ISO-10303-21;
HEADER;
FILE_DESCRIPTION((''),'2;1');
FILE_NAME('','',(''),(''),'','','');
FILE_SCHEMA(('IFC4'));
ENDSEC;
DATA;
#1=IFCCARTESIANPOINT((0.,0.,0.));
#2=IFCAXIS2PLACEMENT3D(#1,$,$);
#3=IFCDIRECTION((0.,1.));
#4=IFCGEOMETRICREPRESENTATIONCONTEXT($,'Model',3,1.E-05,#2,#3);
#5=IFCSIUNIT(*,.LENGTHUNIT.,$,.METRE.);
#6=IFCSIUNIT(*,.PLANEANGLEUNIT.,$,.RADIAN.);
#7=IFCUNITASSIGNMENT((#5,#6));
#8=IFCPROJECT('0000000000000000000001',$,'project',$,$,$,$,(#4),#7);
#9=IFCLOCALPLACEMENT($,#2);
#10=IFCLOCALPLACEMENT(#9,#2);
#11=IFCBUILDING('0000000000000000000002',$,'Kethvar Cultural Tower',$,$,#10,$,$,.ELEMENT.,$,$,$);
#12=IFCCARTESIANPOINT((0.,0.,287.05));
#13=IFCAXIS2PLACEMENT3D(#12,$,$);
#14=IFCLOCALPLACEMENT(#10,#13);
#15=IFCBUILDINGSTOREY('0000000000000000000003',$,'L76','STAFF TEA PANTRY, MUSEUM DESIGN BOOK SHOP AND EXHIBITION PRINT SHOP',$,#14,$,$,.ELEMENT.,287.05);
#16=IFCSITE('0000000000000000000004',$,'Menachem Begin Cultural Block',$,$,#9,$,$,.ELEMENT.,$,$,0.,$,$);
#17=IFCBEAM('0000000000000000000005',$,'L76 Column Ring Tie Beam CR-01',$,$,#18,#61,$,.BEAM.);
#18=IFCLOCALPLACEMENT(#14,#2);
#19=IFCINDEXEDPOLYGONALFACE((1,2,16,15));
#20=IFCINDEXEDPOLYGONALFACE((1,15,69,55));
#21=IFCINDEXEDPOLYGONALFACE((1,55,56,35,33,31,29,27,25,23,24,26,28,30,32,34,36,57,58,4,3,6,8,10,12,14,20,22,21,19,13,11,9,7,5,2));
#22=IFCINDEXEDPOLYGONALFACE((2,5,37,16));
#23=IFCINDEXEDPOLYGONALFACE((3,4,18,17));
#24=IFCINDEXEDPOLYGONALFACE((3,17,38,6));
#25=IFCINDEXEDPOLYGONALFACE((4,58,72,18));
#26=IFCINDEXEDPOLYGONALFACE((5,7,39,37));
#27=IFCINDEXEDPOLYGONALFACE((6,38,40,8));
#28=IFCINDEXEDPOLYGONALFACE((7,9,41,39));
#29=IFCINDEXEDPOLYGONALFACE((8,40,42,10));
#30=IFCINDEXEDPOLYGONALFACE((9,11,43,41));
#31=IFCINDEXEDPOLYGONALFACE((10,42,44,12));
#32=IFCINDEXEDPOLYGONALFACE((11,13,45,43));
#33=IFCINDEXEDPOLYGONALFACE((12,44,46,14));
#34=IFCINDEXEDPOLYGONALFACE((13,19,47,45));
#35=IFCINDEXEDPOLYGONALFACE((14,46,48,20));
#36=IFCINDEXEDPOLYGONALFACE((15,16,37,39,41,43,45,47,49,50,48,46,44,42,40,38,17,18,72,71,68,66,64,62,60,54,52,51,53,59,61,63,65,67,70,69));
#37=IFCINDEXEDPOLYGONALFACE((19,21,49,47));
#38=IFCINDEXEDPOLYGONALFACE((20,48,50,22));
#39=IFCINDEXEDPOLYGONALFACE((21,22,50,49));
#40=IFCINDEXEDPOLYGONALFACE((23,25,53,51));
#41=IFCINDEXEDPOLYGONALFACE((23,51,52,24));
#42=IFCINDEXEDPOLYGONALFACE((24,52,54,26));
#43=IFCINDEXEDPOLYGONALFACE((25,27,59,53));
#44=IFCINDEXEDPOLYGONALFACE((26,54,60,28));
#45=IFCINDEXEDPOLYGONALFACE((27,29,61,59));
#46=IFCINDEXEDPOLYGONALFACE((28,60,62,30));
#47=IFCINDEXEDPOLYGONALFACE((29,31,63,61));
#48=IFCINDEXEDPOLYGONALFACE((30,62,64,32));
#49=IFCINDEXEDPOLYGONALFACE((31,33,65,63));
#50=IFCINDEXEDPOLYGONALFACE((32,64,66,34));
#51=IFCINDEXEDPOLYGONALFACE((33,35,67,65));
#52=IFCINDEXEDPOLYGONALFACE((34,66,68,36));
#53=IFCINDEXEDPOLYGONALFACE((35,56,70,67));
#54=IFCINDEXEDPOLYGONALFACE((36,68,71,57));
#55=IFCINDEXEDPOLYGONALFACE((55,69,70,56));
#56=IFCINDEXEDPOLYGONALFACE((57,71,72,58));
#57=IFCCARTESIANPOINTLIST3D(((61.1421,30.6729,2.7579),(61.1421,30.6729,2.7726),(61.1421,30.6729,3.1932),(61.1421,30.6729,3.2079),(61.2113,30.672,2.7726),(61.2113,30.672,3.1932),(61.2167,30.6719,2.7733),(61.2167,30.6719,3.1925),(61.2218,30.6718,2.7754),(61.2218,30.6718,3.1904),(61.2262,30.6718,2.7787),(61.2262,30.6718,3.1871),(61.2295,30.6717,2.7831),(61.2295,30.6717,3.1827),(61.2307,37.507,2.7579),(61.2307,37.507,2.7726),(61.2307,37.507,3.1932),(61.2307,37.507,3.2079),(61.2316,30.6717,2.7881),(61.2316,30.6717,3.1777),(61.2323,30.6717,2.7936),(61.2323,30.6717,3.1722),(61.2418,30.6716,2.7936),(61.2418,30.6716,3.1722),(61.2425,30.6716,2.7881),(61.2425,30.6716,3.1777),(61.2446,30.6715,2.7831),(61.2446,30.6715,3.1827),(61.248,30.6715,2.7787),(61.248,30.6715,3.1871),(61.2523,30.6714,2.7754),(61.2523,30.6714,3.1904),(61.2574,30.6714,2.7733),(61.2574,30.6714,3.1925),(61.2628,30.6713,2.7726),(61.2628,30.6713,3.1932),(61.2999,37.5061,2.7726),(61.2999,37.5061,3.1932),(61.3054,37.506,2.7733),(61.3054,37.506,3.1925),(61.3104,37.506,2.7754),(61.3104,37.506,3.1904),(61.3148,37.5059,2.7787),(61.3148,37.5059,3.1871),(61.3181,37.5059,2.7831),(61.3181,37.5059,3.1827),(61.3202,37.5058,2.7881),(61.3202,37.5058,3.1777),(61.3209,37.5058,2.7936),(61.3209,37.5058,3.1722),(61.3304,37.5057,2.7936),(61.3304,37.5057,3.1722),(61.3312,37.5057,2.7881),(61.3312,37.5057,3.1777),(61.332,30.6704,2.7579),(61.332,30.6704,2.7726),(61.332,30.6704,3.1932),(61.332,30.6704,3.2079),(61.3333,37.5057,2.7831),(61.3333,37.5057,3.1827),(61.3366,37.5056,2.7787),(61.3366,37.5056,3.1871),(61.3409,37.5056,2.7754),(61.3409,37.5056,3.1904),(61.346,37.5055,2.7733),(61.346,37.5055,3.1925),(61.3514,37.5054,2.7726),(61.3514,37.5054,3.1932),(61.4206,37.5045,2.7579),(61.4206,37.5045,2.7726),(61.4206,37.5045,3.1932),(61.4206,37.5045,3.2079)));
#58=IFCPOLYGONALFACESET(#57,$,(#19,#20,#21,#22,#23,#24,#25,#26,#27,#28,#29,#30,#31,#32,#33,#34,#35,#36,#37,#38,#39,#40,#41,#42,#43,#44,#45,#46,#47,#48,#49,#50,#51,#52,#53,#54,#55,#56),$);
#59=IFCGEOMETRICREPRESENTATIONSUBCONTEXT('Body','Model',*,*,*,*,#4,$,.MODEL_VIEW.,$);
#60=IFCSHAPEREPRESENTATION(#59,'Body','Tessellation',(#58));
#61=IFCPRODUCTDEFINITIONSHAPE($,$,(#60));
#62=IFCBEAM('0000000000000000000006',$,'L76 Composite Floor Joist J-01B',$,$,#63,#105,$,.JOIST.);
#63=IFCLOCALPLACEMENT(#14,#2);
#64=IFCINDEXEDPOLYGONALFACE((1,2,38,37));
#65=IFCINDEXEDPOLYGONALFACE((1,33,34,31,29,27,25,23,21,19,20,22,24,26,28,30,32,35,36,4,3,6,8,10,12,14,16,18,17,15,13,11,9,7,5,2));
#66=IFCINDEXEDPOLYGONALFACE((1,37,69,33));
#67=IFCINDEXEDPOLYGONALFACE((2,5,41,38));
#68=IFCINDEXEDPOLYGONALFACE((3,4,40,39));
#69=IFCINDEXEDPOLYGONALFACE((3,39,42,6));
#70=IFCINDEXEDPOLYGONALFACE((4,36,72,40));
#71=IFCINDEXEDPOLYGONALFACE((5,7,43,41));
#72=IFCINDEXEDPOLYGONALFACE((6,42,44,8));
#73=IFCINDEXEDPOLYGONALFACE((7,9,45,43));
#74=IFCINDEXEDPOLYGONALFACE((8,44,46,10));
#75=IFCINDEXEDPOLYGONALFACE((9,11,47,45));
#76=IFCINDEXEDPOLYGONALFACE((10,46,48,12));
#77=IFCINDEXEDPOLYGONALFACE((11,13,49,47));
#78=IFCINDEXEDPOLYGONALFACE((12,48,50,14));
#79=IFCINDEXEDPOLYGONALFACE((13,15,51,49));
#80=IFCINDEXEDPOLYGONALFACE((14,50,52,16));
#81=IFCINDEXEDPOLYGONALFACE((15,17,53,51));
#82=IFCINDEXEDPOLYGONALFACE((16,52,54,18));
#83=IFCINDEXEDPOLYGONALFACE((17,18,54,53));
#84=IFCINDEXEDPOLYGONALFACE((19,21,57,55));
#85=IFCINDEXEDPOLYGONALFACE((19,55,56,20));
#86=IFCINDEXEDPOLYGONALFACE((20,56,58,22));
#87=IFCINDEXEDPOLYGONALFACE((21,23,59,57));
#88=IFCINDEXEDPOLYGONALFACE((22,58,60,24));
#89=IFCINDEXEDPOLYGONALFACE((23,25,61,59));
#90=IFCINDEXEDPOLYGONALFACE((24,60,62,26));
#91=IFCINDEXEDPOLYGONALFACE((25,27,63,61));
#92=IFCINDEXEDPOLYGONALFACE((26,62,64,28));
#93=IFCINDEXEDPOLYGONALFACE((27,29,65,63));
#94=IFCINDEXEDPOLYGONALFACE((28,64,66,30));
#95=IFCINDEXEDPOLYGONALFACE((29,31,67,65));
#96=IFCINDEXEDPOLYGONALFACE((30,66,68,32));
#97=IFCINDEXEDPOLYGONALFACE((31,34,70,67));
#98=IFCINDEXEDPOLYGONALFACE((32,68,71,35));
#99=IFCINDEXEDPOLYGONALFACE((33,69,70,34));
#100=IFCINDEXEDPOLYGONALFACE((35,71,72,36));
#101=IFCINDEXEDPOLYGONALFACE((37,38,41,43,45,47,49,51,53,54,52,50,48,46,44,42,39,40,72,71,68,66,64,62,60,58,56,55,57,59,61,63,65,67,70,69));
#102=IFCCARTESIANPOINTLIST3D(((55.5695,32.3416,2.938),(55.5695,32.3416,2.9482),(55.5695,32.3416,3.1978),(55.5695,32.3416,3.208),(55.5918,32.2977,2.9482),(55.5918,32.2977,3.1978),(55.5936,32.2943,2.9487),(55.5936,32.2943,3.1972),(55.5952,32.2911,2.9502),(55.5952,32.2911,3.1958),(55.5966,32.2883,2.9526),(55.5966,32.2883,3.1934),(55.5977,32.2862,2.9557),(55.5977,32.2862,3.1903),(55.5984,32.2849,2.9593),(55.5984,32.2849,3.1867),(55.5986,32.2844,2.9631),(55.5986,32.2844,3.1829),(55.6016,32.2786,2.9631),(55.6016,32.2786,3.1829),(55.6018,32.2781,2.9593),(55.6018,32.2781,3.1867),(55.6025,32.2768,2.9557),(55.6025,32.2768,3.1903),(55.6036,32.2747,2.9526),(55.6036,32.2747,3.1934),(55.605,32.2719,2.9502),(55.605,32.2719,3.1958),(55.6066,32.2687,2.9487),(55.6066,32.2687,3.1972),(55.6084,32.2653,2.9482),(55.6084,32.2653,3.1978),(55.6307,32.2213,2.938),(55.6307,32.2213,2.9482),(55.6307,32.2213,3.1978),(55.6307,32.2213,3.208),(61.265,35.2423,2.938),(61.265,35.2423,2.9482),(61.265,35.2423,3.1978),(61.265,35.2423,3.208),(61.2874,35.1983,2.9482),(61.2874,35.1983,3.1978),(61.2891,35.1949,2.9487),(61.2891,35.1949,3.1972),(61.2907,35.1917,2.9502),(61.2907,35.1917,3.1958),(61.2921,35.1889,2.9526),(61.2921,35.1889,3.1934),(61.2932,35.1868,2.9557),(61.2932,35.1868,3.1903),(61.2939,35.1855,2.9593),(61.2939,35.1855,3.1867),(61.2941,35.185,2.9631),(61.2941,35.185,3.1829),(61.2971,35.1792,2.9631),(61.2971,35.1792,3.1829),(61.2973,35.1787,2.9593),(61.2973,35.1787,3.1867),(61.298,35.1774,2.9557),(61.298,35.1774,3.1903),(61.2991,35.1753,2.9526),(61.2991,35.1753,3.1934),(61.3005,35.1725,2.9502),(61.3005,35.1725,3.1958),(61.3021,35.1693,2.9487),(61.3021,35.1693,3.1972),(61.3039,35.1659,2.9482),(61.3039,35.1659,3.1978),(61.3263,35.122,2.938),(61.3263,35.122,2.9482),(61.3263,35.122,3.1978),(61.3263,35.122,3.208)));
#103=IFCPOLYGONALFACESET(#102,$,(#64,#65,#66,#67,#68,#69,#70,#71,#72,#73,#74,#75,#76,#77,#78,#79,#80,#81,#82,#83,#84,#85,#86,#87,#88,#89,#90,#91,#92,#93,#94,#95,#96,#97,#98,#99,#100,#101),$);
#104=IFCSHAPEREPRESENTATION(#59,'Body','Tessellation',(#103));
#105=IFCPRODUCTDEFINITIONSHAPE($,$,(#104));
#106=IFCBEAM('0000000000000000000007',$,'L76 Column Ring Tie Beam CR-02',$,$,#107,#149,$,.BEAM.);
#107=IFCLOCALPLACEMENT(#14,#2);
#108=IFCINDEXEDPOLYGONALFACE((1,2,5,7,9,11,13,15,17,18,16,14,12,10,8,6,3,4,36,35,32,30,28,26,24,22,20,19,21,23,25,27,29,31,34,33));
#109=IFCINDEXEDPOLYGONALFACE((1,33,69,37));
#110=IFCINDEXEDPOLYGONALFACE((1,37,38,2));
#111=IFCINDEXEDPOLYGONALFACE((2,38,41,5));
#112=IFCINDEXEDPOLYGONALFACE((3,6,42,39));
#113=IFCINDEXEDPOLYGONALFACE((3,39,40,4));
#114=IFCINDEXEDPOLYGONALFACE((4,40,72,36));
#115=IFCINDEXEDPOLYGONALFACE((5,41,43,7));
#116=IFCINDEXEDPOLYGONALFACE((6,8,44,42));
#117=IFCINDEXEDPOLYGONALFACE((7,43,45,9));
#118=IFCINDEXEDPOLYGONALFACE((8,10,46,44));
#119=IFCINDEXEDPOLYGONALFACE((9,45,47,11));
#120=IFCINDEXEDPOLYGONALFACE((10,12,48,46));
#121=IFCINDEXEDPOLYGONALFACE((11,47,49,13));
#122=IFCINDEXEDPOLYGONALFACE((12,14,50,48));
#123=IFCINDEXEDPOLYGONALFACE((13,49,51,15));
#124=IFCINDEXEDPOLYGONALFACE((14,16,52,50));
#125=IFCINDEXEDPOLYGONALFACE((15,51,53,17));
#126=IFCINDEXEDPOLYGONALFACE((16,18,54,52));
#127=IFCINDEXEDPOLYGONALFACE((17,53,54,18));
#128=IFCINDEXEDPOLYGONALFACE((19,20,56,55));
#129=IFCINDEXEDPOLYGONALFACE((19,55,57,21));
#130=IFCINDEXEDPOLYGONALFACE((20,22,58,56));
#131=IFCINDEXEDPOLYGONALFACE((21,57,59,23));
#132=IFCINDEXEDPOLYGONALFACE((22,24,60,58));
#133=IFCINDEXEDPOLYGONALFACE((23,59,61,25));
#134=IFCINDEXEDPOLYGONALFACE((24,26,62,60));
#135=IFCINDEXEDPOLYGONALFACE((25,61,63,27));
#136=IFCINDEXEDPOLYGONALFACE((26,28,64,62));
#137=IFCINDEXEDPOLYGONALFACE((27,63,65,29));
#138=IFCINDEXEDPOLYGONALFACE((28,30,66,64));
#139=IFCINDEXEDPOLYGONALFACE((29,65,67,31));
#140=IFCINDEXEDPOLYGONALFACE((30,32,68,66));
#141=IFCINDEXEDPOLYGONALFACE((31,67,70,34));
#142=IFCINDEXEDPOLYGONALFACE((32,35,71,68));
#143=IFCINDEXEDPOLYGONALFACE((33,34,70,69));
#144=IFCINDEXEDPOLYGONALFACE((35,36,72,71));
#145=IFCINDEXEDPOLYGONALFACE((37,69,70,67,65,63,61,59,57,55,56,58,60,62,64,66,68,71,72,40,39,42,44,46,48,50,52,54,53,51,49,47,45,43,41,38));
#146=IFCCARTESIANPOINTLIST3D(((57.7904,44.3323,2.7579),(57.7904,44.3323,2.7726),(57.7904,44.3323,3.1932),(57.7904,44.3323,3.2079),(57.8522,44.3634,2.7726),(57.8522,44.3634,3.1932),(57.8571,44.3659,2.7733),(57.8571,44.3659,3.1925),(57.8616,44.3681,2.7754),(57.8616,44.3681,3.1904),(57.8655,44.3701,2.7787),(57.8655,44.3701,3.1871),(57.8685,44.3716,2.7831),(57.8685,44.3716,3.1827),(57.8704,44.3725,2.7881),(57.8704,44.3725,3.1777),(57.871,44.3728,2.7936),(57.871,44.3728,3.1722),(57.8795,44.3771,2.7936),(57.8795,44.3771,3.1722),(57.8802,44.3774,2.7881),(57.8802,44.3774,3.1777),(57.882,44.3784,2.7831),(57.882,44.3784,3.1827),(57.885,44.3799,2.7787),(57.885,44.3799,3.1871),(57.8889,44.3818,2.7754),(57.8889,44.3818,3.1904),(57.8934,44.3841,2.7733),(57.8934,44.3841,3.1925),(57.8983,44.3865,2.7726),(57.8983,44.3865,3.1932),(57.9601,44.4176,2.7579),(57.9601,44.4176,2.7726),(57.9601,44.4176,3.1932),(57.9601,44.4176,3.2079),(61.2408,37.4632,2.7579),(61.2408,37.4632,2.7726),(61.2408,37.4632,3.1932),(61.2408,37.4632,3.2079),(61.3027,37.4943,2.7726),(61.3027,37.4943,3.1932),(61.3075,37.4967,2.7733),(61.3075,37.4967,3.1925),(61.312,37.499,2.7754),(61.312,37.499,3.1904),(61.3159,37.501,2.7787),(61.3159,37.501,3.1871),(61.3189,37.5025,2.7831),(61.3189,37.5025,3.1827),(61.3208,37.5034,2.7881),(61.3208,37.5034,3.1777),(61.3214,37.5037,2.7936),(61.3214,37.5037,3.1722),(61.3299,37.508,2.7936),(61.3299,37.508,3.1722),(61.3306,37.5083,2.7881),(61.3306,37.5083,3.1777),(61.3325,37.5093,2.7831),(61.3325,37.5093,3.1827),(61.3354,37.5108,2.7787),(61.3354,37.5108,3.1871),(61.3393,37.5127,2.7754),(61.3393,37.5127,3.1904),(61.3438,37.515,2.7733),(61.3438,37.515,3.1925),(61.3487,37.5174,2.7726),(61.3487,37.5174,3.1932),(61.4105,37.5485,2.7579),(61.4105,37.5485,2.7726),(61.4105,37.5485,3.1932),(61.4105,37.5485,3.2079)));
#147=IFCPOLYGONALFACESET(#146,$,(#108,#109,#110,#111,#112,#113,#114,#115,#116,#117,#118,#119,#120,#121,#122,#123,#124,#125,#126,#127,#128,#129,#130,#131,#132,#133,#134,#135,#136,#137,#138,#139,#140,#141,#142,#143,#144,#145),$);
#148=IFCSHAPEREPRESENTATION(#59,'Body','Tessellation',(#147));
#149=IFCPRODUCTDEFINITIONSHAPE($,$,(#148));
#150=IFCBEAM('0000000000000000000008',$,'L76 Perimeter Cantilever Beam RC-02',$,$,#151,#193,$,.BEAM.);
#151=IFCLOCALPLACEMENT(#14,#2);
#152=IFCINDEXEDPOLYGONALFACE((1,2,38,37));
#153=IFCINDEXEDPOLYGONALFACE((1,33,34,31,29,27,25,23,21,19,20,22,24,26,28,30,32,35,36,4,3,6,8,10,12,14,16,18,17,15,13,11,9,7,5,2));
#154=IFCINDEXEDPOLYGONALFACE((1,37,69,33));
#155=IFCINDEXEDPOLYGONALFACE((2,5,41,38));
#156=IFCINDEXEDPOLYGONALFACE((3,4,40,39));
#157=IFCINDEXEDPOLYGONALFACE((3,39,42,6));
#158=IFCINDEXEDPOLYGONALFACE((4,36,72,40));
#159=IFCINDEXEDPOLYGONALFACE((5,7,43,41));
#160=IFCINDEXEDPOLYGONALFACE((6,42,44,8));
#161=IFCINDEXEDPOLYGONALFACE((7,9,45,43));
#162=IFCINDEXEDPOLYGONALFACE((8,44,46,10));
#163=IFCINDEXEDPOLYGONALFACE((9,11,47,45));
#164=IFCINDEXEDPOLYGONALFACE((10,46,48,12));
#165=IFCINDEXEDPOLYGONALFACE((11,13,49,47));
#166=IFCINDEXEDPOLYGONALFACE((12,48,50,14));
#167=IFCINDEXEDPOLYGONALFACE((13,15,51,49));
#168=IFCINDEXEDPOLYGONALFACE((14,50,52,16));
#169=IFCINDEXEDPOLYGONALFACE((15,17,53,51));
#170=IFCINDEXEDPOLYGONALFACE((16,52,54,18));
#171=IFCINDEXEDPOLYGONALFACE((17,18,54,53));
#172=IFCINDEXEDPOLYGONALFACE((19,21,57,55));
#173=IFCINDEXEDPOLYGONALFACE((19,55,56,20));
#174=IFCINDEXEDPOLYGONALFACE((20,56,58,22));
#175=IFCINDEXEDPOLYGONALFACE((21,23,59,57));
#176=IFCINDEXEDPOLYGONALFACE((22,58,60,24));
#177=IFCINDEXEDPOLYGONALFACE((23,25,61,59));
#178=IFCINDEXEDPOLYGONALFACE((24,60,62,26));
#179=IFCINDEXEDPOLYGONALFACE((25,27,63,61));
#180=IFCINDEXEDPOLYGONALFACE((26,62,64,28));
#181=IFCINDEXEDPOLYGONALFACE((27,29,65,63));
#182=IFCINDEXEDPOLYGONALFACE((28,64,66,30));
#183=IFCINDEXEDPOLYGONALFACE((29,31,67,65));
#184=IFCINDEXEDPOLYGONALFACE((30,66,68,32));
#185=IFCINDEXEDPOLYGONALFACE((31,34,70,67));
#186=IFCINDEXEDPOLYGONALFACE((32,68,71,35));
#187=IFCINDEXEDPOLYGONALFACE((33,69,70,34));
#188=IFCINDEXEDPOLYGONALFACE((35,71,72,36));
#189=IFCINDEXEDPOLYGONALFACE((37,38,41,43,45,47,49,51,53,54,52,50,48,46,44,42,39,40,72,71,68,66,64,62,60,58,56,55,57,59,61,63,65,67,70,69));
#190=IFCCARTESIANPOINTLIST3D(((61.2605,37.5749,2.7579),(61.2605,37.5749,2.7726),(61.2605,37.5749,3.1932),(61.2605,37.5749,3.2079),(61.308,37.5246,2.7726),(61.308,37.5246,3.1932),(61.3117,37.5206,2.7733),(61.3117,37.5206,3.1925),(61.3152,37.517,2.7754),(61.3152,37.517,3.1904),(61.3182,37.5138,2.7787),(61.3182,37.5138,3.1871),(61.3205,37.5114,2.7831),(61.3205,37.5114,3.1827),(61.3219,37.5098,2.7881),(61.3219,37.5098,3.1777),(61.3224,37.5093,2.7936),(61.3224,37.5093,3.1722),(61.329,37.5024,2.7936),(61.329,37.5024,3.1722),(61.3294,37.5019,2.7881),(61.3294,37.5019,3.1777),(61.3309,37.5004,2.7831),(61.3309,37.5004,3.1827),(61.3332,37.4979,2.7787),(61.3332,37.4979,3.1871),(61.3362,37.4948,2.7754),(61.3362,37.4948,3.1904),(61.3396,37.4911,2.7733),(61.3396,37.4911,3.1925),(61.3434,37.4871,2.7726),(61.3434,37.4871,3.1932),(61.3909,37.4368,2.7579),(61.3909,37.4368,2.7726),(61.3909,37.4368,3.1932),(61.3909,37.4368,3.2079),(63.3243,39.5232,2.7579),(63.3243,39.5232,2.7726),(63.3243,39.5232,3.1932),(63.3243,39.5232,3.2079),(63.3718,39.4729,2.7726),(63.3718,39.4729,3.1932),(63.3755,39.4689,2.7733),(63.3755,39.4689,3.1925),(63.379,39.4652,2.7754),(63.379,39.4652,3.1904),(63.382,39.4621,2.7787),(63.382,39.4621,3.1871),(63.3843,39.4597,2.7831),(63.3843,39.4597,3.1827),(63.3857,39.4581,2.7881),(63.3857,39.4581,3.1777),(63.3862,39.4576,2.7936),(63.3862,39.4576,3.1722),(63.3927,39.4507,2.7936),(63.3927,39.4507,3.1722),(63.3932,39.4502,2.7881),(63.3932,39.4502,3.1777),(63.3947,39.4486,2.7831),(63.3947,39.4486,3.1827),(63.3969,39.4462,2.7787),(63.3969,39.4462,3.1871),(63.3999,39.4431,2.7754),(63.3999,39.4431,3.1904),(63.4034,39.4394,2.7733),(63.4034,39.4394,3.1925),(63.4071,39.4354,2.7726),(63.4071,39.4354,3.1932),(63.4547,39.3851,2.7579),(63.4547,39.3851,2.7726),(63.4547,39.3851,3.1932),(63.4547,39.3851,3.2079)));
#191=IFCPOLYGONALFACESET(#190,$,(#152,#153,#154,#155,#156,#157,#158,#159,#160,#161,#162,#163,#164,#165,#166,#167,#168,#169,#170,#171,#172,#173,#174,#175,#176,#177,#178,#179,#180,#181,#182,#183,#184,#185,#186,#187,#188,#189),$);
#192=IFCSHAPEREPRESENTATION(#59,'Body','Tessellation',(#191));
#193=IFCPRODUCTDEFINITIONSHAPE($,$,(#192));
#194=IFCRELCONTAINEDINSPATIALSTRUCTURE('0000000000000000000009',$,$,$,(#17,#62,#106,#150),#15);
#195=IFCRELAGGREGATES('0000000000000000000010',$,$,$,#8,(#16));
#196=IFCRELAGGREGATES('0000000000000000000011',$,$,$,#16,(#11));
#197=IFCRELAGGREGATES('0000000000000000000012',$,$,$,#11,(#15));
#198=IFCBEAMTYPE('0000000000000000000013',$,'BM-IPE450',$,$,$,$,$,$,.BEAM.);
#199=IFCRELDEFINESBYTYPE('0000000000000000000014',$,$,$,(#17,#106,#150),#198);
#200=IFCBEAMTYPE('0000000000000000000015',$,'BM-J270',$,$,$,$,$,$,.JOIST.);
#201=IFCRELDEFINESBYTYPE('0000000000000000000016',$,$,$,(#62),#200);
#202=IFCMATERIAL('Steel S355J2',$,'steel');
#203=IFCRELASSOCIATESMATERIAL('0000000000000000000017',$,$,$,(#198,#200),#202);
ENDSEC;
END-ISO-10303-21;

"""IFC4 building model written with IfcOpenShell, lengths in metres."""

from ifc_helpers import new_model, si_unit, direction, frame, origin, origin_2d, place, context, subcontext, project, spatial, i_section, extrude, source, transform, mapped, material, material_profile, profile_set, type_object, element, save


model = new_model("IFC4")

# Units and contexts
model_context = context("Model", 3, precision=1e-05, world=origin(), true_north=direction((0.0, 1.0)))
body_context = subcontext(model_context, "Body", "Model", "MODEL_VIEW")
ifc_project = project(units=[si_unit("LENGTHUNIT", "METRE"), si_unit("PLANEANGLEUNIT", "RADIAN")], contexts=[model_context])

# Site, building, storey
site_placement = place(None, origin())
site = spatial("IfcSite", under=ifc_project, at=site_placement, Name="Menachem Begin Cultural Block", CompositionType="ELEMENT", RefElevation=0.0)
building_placement = place(site_placement, origin())
building = spatial("IfcBuilding", under=site, at=building_placement, Name="Kethvar Cultural Tower", CompositionType="ELEMENT")
storey_placement = place(building_placement, frame((0.0, 0.0, 287.05)))
storey = spatial("IfcBuildingStorey", under=building, at=storey_placement, Name="L76", Description="STAFF TEA PANTRY, MUSEUM DESIGN BOOK SHOP AND EXHIBITION PRINT SHOP", CompositionType="ELEMENT", Elevation=287.05)

# Shared definitions
ifc_material_1 = material(Name="Steel S355J2", Category="steel")

# Beams
ifc_material_profile_1 = material_profile(ifc_material_1, i_section(OverallWidth=0.1899, OverallDepth=0.45, WebThickness=0.0095, FlangeThickness=0.0146, FilletRadius=0.021, at=origin_2d()), Name="Steel S355J2 — IPE450")
ifc_profile_set_1 = profile_set([ifc_material_profile_1], Name="Steel S355J2 — IPE450")
beam_type_1 = type_object("IfcBeamType", Name="BM-IPE450", PredefinedType="BEAM", material=ifc_profile_set_1)
shared_shape_1 = source(origin(), body_context, "Body", "SweptSolid", [
    extrude(i_section(OverallWidth=0.1899, OverallDepth=0.45, WebThickness=0.0095, FlangeThickness=0.0146, FilletRadius=0.021, at=origin_2d()), origin(), (0.0, 0.0, 1.0), 6.8347),
])
beam_1_placement = place(storey_placement, frame((61.2371, 30.6716, 2.9829), z_axis=(0.012966, 0.999916, 0.0), x_axis=(-0.999916, 0.012966, 0.0)))
element("IfcBeam", 1, at=beam_1_placement, inside=storey, type_object=beam_type_1, Name="L76 Column Ring Tie Beam CR-01", PredefinedType="BEAM", context=body_context, shape_type="MappedRepresentation", body=[
    mapped(shared_shape_1, transform((0.0, 0.0, 0.0), scale=1.0)),
])
ifc_material_profile_2 = material_profile(ifc_material_1, i_section(OverallWidth=0.135, OverallDepth=0.27, WebThickness=0.0066, FlangeThickness=0.0103, FilletRadius=0.0149, at=origin_2d()), Name="Steel S355J2 — IPE270")
ifc_profile_set_2 = profile_set([ifc_material_profile_2], Name="Steel S355J2 — IPE270")
beam_type_2 = type_object("IfcBeamType", Name="BM-J270", PredefinedType="JOIST", material=ifc_profile_set_2)
shared_shape_2 = source(origin(), body_context, "Body", "SweptSolid", [
    extrude(i_section(OverallWidth=0.135, OverallDepth=0.27, WebThickness=0.0066, FlangeThickness=0.0103, FilletRadius=0.0149, at=origin_2d()), origin(), (0.0, 0.0, 1.0), 6.3916),
])
beam_2_placement = place(storey_placement, frame((55.6001, 32.2815, 3.073), z_axis=(0.891095, 0.453817, 0.0), x_axis=(-0.453817, 0.891095, 0.0)))
element("IfcBeam", 2, at=beam_2_placement, inside=storey, type_object=beam_type_2, Name="L76 Composite Floor Joist J-01B", PredefinedType="JOIST", context=body_context, shape_type="MappedRepresentation", body=[
    mapped(shared_shape_2, transform((0.0, 0.0, 0.0), scale=1.0)),
])
shared_shape_3 = source(origin(), body_context, "Body", "SweptSolid", [
    extrude(i_section(OverallWidth=0.1899, OverallDepth=0.45, WebThickness=0.0095, FlangeThickness=0.0146, FilletRadius=0.021, at=origin_2d()), origin(), (0.0, 0.0, 1.0), 7.687),
])
beam_3_placement = place(storey_placement, frame((61.3257, 37.5059, 2.9829), z_axis=(-0.448864, 0.8936, 0.0), x_axis=(-0.8936, -0.448864, 0.0)))
element("IfcBeam", 3, at=beam_3_placement, inside=storey, type_object=beam_type_1, Name="L76 Column Ring Tie Beam CR-02", PredefinedType="BEAM", context=body_context, shape_type="MappedRepresentation", body=[
    mapped(shared_shape_3, transform((0.0, 0.0, 0.0), scale=1.0)),
])
shared_shape_4 = source(origin(), body_context, "Body", "SweptSolid", [
    extrude(i_section(OverallWidth=0.1899, OverallDepth=0.45, WebThickness=0.0095, FlangeThickness=0.0146, FilletRadius=0.021, at=origin_2d()), origin(), (0.0, 0.0, 1.0), 2.8381),
])
beam_4_placement = place(storey_placement, frame((61.3257, 37.5059, 2.9829), z_axis=(0.727159, 0.686469, 0.0), x_axis=(-0.686469, 0.727159, 0.0)))
element("IfcBeam", 4, at=beam_4_placement, inside=storey, type_object=beam_type_1, Name="L76 Perimeter Cantilever Beam RC-02", PredefinedType="BEAM", context=body_context, shape_type="MappedRepresentation", body=[
    mapped(shared_shape_4, transform((0.0, 0.0, 0.0), scale=1.0)),
])

save(model, "model.ifc")
